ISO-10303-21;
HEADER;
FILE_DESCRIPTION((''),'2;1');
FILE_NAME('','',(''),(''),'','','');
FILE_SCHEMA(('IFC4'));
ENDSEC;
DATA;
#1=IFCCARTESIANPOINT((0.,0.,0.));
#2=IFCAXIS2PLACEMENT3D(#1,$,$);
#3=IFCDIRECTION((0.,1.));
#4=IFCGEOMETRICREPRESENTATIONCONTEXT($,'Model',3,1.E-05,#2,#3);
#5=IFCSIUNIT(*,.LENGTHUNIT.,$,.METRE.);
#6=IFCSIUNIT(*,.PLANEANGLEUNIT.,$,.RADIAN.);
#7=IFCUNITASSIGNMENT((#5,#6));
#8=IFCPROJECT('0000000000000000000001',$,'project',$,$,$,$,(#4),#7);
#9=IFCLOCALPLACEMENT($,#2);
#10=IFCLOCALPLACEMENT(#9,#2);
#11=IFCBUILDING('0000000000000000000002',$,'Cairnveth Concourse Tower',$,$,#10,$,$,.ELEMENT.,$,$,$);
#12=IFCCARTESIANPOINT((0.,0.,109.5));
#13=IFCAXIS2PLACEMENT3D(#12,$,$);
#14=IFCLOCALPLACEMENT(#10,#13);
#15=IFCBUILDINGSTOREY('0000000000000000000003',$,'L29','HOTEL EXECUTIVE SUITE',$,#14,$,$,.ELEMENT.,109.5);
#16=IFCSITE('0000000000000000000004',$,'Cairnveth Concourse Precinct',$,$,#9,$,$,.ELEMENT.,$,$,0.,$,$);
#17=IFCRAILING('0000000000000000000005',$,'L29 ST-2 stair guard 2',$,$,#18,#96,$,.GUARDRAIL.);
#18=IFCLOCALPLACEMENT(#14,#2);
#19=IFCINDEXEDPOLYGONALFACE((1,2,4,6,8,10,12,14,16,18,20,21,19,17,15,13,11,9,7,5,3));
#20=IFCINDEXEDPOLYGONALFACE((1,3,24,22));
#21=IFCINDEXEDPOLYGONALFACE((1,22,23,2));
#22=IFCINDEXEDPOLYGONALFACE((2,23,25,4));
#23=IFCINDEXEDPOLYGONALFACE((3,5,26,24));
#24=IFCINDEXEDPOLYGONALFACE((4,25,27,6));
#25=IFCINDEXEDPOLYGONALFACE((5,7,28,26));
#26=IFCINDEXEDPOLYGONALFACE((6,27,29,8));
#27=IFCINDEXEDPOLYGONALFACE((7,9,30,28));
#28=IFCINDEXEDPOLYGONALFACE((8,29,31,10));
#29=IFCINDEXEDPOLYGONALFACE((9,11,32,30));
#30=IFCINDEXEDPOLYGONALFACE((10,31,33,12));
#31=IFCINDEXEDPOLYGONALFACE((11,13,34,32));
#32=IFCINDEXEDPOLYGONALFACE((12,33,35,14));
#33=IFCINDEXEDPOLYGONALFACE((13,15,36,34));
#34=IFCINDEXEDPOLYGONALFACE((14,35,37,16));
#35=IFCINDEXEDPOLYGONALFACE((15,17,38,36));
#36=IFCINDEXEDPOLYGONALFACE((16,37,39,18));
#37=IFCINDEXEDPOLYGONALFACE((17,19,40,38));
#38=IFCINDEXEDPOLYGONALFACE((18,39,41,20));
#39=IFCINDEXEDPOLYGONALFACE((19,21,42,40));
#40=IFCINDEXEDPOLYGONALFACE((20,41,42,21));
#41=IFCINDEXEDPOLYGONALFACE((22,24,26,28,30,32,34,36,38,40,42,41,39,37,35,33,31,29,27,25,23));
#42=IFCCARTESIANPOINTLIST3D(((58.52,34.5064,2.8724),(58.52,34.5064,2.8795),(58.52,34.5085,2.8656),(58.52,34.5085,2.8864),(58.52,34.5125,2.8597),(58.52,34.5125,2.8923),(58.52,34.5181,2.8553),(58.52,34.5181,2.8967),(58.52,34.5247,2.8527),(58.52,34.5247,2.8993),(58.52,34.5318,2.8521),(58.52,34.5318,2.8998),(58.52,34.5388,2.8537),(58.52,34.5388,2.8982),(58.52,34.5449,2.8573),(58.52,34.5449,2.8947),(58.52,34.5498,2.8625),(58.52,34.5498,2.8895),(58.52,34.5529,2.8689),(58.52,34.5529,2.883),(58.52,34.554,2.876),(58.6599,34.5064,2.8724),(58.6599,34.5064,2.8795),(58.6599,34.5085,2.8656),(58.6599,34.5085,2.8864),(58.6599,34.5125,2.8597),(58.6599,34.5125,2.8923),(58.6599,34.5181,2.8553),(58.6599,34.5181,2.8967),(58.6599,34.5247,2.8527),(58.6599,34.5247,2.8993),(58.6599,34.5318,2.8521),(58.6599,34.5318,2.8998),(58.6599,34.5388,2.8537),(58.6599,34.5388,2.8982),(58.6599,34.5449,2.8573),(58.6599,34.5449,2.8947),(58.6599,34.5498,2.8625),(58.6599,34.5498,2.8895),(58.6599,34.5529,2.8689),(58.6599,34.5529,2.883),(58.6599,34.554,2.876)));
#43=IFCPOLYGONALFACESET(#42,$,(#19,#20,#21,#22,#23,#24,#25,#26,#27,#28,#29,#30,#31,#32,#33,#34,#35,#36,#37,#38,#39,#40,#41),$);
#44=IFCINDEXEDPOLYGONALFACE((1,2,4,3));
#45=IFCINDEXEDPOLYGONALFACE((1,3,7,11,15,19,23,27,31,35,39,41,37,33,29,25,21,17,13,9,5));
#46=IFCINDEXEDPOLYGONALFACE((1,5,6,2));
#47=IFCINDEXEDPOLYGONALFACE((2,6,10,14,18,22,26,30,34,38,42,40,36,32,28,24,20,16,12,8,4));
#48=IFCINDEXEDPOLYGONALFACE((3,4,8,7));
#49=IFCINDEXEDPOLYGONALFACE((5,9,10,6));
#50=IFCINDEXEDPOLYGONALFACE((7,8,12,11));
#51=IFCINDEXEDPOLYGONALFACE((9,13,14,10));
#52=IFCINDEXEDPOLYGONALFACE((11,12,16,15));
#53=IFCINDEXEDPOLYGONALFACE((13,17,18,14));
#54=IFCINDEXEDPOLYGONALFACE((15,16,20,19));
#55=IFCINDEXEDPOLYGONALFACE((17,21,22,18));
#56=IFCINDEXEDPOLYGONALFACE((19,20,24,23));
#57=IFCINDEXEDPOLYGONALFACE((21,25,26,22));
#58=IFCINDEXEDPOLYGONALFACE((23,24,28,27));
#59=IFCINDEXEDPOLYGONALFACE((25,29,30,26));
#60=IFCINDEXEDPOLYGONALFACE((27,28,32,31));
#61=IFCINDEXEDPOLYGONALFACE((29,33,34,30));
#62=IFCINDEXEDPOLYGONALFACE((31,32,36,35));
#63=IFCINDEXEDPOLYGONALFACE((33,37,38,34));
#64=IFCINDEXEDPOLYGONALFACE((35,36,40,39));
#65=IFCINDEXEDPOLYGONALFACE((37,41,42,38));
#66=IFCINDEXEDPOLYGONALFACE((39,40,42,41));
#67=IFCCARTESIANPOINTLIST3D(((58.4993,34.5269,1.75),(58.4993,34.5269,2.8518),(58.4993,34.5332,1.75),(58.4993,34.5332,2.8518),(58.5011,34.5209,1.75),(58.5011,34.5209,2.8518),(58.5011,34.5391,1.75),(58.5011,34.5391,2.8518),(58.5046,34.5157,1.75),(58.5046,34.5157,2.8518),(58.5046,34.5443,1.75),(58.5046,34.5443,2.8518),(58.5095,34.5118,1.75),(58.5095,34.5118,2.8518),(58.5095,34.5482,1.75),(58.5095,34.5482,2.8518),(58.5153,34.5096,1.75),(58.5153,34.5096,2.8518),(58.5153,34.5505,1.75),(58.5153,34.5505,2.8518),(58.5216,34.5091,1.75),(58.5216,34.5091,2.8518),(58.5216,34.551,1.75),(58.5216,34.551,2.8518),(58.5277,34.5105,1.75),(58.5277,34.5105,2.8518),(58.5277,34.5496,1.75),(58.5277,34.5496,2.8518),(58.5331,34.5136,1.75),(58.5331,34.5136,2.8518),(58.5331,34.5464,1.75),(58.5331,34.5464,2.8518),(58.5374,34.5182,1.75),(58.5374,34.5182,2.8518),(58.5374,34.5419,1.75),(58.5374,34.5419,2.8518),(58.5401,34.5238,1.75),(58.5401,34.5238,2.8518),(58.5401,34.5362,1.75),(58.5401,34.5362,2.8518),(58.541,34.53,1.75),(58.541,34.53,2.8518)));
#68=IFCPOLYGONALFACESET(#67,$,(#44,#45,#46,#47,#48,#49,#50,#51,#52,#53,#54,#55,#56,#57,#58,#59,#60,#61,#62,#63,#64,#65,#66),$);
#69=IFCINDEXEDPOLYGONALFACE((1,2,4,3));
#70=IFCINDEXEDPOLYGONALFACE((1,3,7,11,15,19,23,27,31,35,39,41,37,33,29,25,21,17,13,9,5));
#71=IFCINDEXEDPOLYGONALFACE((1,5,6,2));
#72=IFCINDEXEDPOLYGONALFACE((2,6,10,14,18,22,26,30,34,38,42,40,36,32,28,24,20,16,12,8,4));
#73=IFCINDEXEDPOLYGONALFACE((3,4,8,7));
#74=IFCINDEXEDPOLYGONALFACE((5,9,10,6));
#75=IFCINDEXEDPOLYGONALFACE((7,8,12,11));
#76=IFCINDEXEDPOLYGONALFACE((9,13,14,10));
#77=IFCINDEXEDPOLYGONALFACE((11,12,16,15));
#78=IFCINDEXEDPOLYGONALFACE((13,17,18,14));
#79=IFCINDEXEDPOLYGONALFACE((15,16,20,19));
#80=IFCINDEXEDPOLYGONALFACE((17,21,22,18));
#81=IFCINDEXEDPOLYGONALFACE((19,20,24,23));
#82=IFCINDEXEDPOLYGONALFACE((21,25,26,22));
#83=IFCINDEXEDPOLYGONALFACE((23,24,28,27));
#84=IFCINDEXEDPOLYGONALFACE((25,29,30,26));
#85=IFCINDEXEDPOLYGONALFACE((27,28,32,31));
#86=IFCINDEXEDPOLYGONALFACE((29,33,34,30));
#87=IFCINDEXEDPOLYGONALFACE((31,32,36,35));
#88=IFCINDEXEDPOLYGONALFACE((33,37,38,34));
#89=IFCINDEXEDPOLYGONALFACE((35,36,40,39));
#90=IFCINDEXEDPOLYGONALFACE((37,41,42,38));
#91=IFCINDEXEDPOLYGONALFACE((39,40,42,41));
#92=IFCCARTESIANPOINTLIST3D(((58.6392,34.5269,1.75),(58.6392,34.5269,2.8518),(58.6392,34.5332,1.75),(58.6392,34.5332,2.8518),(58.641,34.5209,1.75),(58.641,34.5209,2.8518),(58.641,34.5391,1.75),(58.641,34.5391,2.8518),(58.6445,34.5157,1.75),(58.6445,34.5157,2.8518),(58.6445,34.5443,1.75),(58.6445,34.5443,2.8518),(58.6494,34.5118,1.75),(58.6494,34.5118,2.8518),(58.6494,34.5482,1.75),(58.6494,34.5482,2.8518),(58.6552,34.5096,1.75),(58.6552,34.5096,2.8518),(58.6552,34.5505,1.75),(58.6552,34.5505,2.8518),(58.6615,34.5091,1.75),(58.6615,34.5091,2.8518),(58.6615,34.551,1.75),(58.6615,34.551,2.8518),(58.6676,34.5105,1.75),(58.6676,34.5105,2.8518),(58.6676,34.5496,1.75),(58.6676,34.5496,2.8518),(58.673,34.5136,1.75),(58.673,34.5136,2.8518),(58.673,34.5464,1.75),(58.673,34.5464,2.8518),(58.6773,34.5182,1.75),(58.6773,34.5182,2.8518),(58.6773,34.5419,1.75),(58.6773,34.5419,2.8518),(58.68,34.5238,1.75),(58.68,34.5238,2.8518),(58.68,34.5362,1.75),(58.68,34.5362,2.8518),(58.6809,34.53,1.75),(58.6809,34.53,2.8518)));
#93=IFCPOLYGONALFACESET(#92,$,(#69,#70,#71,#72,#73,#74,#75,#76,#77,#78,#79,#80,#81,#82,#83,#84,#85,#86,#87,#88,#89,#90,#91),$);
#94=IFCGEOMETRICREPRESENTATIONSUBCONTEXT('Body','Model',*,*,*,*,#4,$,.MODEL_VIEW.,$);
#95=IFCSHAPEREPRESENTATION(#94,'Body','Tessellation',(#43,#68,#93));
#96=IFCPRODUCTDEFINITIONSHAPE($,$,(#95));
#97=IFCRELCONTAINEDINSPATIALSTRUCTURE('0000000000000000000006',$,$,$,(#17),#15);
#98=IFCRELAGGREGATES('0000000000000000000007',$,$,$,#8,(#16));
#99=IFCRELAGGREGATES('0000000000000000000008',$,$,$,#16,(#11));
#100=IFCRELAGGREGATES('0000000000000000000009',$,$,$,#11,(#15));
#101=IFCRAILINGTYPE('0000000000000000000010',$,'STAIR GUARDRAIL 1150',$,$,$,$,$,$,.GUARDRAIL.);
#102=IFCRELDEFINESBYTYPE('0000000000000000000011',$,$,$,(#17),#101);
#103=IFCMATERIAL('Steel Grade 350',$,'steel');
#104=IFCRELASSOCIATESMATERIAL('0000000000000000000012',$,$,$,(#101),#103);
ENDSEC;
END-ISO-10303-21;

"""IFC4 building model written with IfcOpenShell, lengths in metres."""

from ifc_helpers import new_model, si_unit, direction, frame, origin, origin_2d, place, context, subcontext, project, spatial, circle, extrude, material, type_object, element, save


model = new_model("IFC4")

# Units and contexts
model_context = context("Model", 3, precision=1e-05, world=origin(), true_north=direction((0.0, 1.0)))
body_context = subcontext(model_context, "Body", "Model", "MODEL_VIEW")
ifc_project = project(units=[si_unit("LENGTHUNIT", "METRE"), si_unit("PLANEANGLEUNIT", "RADIAN")], contexts=[model_context])

# Site, building, storey
site_placement = place(None, origin())
site = spatial("IfcSite", under=ifc_project, at=site_placement, Name="Cairnveth Concourse Precinct", CompositionType="ELEMENT", RefElevation=0.0)
building_placement = place(site_placement, origin())
building = spatial("IfcBuilding", under=site, at=building_placement, Name="Cairnveth Concourse Tower", CompositionType="ELEMENT")
storey_placement = place(building_placement, frame((0.0, 0.0, 109.5)))
storey = spatial("IfcBuildingStorey", under=building, at=storey_placement, Name="L29", Description="HOTEL EXECUTIVE SUITE", CompositionType="ELEMENT", Elevation=109.5)

# Shared definitions
ifc_material_1 = material(Name="Steel Grade 350", Category="steel")

# Railing
railing_type_1 = type_object("IfcRailingType", Name="STAIR GUARDRAIL 1150", PredefinedType="GUARDRAIL", material=ifc_material_1)
railing_1_placement = place(storey_placement, frame((58.52, 34.53, 1.75)))
element("IfcRailing", 1, at=railing_1_placement, inside=storey, type_object=railing_type_1, Name="L29 ST-2 stair guard 2", PredefinedType="GUARDRAIL", context=body_context, shape_type="SweptSolid", body=[
    extrude(circle(Radius=0.0239, at=origin_2d()), frame((0.0, 0.0, 1.126), z_axis=(1.0, 0.0, 0.0), x_axis=(0.0, 1.0, 0.0)), (0.0, 0.0, 1.0), 0.1399),
    extrude(circle(Radius=0.021, at=origin_2d()), origin(), (0.0, 0.0, 1.0), 1.1018),
    extrude(circle(Radius=0.021, at=origin_2d()), frame((0.1399, 0.0, 0.0)), (0.0, 0.0, 1.0), 1.1018),
])

save(model, "model.ifc")
